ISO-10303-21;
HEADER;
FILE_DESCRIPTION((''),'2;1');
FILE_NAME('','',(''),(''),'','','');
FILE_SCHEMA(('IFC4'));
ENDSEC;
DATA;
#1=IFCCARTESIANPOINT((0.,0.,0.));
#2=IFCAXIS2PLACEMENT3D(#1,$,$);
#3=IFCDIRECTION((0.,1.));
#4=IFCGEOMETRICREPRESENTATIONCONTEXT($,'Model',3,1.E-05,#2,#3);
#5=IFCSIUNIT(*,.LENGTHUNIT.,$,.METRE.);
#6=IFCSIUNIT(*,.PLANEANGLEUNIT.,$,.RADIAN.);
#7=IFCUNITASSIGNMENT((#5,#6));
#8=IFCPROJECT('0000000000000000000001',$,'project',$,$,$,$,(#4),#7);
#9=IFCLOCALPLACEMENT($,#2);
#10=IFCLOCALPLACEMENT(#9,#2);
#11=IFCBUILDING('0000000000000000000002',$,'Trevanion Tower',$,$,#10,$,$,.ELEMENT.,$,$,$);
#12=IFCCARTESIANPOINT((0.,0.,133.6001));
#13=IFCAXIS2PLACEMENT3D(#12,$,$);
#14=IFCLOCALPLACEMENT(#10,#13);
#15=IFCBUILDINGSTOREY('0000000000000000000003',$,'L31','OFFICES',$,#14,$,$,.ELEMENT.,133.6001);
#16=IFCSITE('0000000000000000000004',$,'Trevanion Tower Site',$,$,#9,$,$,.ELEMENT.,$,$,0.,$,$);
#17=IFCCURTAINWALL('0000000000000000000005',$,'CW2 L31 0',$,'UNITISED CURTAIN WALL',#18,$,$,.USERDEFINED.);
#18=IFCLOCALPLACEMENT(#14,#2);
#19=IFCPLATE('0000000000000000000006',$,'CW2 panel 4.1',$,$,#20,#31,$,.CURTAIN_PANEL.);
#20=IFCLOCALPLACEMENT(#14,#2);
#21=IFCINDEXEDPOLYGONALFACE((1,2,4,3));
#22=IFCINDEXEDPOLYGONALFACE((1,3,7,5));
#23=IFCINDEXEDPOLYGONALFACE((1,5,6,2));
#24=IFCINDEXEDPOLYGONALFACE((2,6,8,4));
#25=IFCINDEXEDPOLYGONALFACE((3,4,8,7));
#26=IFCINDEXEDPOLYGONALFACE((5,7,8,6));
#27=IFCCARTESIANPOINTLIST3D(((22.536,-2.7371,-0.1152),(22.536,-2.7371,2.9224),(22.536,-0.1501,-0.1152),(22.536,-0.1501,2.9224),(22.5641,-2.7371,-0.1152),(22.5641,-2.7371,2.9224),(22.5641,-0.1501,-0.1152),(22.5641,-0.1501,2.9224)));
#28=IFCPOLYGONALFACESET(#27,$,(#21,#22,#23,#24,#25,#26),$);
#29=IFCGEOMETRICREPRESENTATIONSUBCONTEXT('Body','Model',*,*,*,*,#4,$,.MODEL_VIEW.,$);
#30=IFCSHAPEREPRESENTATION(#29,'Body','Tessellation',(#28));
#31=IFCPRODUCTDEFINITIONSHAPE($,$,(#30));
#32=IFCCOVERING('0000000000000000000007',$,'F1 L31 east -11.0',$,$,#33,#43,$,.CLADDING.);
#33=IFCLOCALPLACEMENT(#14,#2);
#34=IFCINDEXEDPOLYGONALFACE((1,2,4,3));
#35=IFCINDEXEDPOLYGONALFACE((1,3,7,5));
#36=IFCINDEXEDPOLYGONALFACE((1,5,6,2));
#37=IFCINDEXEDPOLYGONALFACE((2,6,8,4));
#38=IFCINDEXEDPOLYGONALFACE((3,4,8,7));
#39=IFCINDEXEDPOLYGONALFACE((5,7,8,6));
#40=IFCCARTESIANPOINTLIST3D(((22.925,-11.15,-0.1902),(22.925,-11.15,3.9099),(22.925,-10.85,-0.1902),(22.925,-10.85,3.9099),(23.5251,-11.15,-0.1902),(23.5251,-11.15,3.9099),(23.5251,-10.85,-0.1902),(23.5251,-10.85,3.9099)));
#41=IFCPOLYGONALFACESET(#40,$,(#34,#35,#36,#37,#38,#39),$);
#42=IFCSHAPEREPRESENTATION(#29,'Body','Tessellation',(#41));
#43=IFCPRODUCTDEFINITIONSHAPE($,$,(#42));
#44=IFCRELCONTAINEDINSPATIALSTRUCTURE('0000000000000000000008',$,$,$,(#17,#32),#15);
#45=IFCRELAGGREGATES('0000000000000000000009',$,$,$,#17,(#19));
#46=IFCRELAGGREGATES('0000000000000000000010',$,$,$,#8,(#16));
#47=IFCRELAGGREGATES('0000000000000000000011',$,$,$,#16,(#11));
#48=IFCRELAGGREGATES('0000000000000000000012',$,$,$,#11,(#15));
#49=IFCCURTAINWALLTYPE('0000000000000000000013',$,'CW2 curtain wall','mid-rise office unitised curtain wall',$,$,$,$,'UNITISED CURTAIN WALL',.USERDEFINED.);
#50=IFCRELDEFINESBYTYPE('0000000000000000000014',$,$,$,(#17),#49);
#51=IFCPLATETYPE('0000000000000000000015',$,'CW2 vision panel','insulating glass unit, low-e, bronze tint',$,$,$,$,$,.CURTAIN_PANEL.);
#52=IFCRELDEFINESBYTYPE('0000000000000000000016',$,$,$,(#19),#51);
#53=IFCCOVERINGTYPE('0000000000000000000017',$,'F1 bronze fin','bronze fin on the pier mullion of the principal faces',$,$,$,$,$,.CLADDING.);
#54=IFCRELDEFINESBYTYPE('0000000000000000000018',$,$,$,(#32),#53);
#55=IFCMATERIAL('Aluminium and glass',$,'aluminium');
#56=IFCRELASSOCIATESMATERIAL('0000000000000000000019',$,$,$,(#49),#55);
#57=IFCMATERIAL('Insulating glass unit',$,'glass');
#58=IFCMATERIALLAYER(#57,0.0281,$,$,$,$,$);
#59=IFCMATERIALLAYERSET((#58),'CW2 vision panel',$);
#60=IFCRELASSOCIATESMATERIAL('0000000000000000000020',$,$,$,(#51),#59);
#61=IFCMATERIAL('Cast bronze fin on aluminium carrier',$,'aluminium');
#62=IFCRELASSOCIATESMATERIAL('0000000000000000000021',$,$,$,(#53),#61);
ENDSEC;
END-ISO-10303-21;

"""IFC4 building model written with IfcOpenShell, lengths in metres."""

from ifc_helpers import new_model, si_unit, direction, frame, origin, origin_2d, place, context, subcontext, project, spatial, rectangle, extrude, material, layer, layer_set, type_object, element, aggregate, save


model = new_model("IFC4")

# Units and contexts
model_context = context("Model", 3, precision=1e-05, world=origin(), true_north=direction((0.0, 1.0)))
body_context = subcontext(model_context, "Body", "Model", "MODEL_VIEW")
ifc_project = project(units=[si_unit("LENGTHUNIT", "METRE"), si_unit("PLANEANGLEUNIT", "RADIAN")], contexts=[model_context])

# Site, building, storey
site_placement = place(None, origin())
site = spatial("IfcSite", under=ifc_project, at=site_placement, Name="Trevanion Tower Site", CompositionType="ELEMENT", RefElevation=0.0)
building_placement = place(site_placement, origin())
building = spatial("IfcBuilding", under=site, at=building_placement, Name="Trevanion Tower", CompositionType="ELEMENT")
storey_placement = place(building_placement, frame((0.0, 0.0, 133.6001)))
storey = spatial("IfcBuildingStorey", under=building, at=storey_placement, Name="L31", Description="OFFICES", CompositionType="ELEMENT", Elevation=133.6001)

# Curtain wall, plate
ifc_material_1 = material(Name="Aluminium and glass", Category="aluminium")
curtain_wall_type = type_object("IfcCurtainWallType", Name="CW2 curtain wall", Description="mid-rise office unitised curtain wall", ElementType="UNITISED CURTAIN WALL", PredefinedType="USERDEFINED", material=ifc_material_1)
curtain_wall_placement = place(storey_placement, origin())
curtain_wall = element("IfcCurtainWall", 1, at=curtain_wall_placement, inside=storey, type_object=curtain_wall_type, Name="CW2 L31 0", ObjectType="UNITISED CURTAIN WALL", PredefinedType="USERDEFINED")
ifc_material_2 = material(Name="Insulating glass unit", Category="glass")
ifc_layer_1 = layer(ifc_material_2, 0.0281)
ifc_layer_set_1 = layer_set([ifc_layer_1], Name="CW2 vision panel")
plate_type_1 = type_object("IfcPlateType", Name="CW2 vision panel", Description="insulating glass unit, low-e, bronze tint", PredefinedType="CURTAIN_PANEL", material=ifc_layer_set_1)
plate_1_placement = place(storey_placement, frame((22.55, -1.4436, -0.1152), z_axis=(0.0, 0.0, 1.0), x_axis=(0.0, 1.0, 0.0)))
plate_1 = element("IfcPlate", 2, at=plate_1_placement, type_object=plate_type_1, Name="CW2 panel 4.1", PredefinedType="CURTAIN_PANEL", context=body_context, shape_type="SweptSolid", body=[
    extrude(rectangle(XDim=2.5869, YDim=0.0281, at=origin_2d()), origin(), (0.0, 0.0, 1.0), 3.0376),
])
aggregate(curtain_wall, [plate_1])

# Covering
ifc_material_3 = material(Name="Cast bronze fin on aluminium carrier", Category="aluminium")
covering_type = type_object("IfcCoveringType", Name="F1 bronze fin", Description="bronze fin on the pier mullion of the principal faces", PredefinedType="CLADDING", material=ifc_material_3)
covering_placement = place(storey_placement, frame((23.2251, -11.0, -0.1902), z_axis=(0.0, 0.0, 1.0), x_axis=(0.0, 1.0, 0.0)))
element("IfcCovering", 3, at=covering_placement, inside=storey, type_object=covering_type, Name="F1 L31 east -11.0", PredefinedType="CLADDING", context=body_context, shape_type="SweptSolid", body=[
    extrude(rectangle(XDim=0.3, YDim=0.6001, at=origin_2d()), origin(), (0.0, 0.0, 1.0), 4.1001),
])

save(model, "model.ifc")
